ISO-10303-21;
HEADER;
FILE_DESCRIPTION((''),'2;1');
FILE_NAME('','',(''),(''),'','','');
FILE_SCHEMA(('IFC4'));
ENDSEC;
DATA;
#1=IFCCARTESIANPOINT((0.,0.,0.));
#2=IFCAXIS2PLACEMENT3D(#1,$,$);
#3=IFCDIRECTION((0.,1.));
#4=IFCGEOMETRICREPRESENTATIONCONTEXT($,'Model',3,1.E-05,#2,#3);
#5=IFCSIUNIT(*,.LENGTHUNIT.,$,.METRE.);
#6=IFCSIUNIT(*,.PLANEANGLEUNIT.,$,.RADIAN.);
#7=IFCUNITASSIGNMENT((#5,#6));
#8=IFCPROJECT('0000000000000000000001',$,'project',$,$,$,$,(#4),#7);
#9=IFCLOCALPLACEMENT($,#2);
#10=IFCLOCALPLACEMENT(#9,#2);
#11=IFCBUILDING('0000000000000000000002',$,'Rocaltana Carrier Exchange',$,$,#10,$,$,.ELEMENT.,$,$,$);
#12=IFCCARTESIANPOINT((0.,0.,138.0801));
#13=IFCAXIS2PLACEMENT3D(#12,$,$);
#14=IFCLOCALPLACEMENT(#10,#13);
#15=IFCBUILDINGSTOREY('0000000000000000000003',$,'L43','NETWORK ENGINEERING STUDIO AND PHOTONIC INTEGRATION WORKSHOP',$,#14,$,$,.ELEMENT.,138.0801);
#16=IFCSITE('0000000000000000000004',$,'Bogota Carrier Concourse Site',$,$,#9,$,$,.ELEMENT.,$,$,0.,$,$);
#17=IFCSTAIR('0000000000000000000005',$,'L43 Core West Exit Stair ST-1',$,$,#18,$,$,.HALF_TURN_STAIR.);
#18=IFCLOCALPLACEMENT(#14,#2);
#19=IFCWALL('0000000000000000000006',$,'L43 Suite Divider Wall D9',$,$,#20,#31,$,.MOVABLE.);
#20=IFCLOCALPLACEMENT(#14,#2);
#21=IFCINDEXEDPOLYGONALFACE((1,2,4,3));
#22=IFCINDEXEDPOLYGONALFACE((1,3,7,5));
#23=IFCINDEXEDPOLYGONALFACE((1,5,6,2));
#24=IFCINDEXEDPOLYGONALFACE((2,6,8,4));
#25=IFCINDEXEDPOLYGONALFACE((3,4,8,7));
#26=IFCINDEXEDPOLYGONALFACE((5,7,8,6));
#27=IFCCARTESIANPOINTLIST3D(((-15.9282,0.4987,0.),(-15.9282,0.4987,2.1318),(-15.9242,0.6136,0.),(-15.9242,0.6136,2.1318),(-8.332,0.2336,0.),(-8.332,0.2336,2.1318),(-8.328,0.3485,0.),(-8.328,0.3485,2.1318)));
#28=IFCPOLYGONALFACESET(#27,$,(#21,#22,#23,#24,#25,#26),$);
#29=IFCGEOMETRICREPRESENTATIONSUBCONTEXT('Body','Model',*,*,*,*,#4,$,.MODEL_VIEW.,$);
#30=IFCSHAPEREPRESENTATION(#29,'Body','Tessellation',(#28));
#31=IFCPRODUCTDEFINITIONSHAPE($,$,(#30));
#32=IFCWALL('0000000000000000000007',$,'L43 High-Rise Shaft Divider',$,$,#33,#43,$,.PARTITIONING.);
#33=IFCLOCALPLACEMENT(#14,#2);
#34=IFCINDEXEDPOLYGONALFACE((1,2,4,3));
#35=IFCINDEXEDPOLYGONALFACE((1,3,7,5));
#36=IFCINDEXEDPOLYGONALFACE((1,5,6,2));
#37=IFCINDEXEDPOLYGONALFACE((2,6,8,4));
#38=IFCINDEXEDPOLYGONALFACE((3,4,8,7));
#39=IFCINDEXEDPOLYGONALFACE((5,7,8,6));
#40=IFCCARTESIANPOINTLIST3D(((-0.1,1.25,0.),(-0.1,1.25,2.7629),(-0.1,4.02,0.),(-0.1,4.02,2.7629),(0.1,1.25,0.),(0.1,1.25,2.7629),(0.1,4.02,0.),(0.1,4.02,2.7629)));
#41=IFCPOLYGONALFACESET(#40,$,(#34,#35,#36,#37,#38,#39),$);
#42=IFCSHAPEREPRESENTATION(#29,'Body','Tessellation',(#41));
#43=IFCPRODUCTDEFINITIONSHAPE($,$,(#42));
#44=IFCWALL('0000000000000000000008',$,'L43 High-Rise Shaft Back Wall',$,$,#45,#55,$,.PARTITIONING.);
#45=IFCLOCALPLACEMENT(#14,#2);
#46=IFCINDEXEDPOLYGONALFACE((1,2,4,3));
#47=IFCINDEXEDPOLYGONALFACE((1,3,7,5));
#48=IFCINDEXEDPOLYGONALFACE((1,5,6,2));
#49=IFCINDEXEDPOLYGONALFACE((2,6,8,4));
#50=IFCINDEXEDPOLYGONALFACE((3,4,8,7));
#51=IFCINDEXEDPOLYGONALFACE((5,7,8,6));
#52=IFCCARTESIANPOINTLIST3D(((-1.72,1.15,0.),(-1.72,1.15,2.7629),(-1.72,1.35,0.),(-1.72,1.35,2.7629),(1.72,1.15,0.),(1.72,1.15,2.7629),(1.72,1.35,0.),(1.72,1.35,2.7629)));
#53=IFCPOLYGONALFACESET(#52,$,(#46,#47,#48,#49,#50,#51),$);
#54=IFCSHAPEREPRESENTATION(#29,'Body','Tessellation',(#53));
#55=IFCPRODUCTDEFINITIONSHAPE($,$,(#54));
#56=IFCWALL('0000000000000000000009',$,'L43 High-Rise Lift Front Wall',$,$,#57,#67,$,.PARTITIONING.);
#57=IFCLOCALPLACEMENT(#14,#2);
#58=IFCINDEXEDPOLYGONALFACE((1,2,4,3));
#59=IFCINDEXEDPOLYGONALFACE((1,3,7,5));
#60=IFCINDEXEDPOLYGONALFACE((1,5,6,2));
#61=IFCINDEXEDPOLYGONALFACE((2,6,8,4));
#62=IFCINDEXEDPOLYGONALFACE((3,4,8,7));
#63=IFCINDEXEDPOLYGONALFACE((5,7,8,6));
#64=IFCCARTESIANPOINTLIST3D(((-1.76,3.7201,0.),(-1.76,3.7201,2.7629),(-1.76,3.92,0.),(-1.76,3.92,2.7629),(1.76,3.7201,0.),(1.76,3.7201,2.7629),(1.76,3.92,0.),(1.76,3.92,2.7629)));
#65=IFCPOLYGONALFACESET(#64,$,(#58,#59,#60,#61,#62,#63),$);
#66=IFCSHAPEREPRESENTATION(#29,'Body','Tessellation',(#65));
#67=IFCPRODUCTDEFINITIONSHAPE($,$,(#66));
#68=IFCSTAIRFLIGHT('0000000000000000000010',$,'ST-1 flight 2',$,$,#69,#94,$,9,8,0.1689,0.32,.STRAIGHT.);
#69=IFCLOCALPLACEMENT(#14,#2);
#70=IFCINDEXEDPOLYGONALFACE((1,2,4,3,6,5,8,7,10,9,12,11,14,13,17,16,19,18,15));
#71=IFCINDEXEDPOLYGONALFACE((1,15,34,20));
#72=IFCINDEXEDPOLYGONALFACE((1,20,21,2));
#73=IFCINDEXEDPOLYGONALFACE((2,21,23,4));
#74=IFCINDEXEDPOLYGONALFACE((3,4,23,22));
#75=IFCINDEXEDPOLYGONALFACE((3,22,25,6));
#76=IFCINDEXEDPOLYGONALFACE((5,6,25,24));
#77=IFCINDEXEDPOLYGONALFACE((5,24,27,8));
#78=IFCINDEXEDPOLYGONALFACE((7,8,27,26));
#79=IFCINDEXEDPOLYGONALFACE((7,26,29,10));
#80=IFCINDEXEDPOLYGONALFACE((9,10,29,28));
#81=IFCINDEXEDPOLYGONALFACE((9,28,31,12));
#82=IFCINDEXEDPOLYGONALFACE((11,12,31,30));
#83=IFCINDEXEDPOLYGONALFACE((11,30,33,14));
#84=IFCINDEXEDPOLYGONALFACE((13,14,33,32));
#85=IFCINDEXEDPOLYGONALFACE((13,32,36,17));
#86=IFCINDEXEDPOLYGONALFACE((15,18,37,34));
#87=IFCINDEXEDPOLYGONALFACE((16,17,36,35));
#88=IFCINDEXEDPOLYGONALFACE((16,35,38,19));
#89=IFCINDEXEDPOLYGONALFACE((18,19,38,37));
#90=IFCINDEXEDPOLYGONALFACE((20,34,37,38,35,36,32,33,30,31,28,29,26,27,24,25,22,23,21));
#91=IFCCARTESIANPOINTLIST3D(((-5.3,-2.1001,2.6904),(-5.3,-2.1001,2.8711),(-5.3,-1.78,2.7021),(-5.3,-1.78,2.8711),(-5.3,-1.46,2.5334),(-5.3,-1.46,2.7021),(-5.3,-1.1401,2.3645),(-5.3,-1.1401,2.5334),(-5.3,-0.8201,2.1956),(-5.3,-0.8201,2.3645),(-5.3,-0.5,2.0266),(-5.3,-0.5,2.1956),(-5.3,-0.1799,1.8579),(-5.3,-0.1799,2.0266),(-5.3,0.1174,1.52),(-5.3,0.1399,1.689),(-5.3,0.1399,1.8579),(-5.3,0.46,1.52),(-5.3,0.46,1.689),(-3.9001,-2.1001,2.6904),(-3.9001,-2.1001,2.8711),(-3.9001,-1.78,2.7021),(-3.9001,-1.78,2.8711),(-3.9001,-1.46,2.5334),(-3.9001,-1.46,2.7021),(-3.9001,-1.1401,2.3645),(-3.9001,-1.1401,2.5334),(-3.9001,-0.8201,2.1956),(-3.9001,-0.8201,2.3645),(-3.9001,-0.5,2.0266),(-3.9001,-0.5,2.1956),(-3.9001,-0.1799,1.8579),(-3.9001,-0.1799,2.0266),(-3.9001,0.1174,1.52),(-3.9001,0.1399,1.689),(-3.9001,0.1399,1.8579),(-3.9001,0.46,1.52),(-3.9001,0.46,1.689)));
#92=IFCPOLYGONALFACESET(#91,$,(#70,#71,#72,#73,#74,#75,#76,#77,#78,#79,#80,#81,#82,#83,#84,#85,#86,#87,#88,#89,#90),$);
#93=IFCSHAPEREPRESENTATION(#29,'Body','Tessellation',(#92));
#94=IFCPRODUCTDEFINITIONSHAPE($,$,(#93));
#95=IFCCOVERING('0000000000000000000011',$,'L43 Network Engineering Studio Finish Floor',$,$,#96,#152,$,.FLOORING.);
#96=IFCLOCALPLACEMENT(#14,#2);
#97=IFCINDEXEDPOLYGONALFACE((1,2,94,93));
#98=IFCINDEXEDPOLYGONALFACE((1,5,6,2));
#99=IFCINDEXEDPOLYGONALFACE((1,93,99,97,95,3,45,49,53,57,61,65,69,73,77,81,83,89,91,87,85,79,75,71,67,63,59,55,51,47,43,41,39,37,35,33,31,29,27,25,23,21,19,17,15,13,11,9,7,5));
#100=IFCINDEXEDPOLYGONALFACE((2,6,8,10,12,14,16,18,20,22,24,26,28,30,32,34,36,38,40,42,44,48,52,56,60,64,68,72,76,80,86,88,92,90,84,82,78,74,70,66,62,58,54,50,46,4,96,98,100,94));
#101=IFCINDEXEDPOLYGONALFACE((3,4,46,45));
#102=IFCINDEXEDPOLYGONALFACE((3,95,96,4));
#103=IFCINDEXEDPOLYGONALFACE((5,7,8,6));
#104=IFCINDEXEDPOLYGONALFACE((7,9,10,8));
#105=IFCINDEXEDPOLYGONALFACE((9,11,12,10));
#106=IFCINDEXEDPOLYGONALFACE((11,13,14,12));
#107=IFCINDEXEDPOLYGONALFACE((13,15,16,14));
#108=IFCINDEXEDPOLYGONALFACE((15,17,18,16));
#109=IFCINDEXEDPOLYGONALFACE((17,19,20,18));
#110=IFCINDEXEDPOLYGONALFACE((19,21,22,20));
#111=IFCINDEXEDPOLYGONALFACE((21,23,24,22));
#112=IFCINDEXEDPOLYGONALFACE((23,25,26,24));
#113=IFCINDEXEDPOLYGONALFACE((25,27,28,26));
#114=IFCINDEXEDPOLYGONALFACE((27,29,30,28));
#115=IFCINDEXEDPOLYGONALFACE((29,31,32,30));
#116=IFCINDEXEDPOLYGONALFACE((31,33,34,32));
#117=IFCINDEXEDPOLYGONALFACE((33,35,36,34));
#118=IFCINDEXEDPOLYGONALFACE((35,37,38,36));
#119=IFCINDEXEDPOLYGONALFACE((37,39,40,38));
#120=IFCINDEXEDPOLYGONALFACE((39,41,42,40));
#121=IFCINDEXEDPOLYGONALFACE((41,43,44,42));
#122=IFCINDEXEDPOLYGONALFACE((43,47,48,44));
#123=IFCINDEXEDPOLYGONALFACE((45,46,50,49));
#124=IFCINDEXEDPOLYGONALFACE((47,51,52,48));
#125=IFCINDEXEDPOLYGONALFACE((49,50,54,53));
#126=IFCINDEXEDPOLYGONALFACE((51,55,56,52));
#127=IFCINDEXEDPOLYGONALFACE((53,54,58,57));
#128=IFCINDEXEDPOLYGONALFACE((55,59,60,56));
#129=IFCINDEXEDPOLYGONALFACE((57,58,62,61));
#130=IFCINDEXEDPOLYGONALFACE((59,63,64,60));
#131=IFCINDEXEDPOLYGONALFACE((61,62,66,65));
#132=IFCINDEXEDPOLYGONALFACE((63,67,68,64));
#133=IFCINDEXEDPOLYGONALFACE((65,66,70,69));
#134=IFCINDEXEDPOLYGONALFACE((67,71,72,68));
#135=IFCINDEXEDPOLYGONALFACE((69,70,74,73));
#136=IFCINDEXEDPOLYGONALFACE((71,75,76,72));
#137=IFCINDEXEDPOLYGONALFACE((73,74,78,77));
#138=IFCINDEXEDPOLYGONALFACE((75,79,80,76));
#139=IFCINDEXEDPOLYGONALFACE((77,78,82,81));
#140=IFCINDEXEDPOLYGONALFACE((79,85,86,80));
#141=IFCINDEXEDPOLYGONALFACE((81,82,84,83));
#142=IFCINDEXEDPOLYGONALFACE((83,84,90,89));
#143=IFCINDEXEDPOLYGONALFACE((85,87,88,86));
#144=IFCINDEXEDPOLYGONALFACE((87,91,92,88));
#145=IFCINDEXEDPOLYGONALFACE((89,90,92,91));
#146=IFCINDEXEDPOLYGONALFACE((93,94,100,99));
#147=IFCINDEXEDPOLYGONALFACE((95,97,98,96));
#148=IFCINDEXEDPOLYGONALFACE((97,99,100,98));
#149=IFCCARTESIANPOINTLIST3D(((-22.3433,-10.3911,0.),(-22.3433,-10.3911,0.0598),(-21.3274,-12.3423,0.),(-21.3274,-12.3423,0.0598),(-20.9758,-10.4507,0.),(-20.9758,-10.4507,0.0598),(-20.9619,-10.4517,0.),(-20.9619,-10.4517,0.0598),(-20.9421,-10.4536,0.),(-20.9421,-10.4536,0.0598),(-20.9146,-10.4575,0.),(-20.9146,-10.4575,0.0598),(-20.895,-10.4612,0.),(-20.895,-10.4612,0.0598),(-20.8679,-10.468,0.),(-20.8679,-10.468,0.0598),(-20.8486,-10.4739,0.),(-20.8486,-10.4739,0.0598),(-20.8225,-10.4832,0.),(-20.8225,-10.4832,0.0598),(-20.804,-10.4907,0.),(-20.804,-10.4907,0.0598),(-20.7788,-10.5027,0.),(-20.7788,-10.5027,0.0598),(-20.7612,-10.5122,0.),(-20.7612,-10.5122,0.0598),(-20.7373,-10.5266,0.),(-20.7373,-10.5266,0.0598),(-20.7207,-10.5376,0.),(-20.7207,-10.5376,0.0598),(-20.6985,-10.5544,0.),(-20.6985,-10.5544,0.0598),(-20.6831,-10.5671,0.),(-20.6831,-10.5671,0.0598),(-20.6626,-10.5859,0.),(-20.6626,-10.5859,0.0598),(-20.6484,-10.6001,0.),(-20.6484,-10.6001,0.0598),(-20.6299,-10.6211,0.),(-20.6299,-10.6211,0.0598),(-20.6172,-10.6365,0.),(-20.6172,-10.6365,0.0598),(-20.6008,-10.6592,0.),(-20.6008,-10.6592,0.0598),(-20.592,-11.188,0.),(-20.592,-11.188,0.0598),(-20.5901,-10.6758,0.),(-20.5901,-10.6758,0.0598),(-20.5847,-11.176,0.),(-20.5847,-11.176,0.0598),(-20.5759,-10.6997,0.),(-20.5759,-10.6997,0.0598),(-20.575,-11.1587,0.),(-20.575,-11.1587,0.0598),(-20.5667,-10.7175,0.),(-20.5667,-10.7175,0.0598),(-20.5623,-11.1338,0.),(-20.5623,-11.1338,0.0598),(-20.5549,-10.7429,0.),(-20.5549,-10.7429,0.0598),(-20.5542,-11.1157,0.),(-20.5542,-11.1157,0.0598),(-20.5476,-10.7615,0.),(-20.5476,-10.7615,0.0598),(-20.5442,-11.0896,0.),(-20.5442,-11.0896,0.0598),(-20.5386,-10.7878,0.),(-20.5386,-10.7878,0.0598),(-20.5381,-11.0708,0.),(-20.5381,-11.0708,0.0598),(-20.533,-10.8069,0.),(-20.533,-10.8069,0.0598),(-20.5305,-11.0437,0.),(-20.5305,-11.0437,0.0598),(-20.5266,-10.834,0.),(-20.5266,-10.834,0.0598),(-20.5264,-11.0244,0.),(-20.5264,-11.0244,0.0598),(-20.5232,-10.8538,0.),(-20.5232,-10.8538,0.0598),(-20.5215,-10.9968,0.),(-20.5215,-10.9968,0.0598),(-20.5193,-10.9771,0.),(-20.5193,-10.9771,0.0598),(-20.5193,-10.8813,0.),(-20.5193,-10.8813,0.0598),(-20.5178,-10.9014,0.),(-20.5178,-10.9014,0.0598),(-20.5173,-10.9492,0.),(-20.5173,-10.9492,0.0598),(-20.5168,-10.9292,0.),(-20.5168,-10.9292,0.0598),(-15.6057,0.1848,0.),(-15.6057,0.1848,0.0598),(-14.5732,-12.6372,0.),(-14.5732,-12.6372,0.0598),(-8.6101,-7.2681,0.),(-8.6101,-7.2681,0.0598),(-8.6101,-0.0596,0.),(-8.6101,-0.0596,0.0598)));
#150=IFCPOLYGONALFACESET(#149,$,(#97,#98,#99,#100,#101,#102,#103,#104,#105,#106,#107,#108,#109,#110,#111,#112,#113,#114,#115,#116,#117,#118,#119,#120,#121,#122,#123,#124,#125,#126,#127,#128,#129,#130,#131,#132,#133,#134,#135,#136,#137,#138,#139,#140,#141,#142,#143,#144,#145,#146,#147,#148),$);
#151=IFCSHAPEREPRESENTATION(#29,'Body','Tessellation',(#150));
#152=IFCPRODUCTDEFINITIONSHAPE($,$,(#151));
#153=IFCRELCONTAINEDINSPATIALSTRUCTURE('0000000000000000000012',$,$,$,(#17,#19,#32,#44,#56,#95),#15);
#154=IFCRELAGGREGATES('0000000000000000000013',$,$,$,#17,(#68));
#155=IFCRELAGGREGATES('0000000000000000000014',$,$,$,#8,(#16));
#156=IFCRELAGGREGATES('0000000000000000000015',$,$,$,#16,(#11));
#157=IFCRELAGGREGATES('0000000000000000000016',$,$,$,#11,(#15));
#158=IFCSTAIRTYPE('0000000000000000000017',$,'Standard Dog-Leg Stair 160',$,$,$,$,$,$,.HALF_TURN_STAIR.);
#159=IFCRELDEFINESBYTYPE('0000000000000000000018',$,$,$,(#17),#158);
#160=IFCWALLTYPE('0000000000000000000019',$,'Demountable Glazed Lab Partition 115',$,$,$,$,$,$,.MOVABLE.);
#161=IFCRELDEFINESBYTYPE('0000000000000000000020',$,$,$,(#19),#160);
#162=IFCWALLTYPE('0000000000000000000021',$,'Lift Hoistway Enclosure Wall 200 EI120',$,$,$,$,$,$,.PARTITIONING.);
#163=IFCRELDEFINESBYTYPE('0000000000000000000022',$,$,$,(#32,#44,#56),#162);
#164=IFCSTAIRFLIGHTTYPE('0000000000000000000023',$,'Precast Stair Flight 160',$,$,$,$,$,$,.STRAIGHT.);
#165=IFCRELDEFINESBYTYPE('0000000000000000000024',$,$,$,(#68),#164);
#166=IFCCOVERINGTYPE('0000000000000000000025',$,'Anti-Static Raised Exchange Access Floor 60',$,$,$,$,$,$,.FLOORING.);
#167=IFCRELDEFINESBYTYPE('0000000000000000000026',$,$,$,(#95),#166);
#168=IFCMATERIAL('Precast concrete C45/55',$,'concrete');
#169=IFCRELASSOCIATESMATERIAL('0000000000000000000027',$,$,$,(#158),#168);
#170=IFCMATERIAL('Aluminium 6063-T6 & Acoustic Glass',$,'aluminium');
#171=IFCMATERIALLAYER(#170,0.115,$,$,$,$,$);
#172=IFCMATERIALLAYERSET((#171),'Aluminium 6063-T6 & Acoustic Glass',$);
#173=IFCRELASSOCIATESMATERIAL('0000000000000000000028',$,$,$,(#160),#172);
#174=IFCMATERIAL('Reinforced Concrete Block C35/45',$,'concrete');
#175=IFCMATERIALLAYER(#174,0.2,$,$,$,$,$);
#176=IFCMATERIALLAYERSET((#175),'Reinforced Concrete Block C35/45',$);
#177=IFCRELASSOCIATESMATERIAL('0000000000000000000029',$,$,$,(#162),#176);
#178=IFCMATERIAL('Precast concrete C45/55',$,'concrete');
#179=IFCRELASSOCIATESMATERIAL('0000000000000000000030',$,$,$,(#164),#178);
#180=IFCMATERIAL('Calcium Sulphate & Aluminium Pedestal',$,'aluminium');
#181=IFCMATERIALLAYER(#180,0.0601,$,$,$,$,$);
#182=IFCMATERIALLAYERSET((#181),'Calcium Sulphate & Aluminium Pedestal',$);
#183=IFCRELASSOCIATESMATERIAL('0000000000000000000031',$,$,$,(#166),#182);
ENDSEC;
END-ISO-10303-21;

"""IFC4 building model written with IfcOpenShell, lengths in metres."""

from ifc_helpers import new_model, si_unit, direction, frame, frame_2d, origin, place, context, subcontext, project, spatial, polyline, rectangle, outline, extrude, material, layer, layer_set, type_object, element, aggregate, save


model = new_model("IFC4")

# Units and contexts
model_context = context("Model", 3, precision=1e-05, world=origin(), true_north=direction((0.0, 1.0)))
body_context = subcontext(model_context, "Body", "Model", "MODEL_VIEW")
ifc_project = project(units=[si_unit("LENGTHUNIT", "METRE"), si_unit("PLANEANGLEUNIT", "RADIAN")], contexts=[model_context])

# Site, building, storey
site_placement = place(None, origin())
site = spatial("IfcSite", under=ifc_project, at=site_placement, Name="Bogota Carrier Concourse Site", CompositionType="ELEMENT", RefElevation=0.0)
building_placement = place(site_placement, origin())
building = spatial("IfcBuilding", under=site, at=building_placement, Name="Rocaltana Carrier Exchange", CompositionType="ELEMENT")
storey_placement = place(building_placement, frame((0.0, 0.0, 138.0801)))
storey = spatial("IfcBuildingStorey", under=building, at=storey_placement, Name="L43", Description="NETWORK ENGINEERING STUDIO AND PHOTONIC INTEGRATION WORKSHOP", CompositionType="ELEMENT", Elevation=138.0801)

# Stair
ifc_material_1 = material(Name="Precast concrete C45/55", Category="concrete")
stair_type = type_object("IfcStairType", Name="Standard Dog-Leg Stair 160", PredefinedType="HALF_TURN_STAIR", material=ifc_material_1)
stair_1_placement = place(storey_placement, origin())
stair_1 = element("IfcStair", 1, at=stair_1_placement, inside=storey, type_object=stair_type, Name="L43 Core West Exit Stair ST-1", PredefinedType="HALF_TURN_STAIR")

# Walls
ifc_material_2 = material(Name="Aluminium 6063-T6 & Acoustic Glass", Category="aluminium")
ifc_layer_1 = layer(ifc_material_2, 0.115)
ifc_layer_set_1 = layer_set([ifc_layer_1], Name="Aluminium 6063-T6 & Acoustic Glass")
wall_type_1 = type_object("IfcWallType", Name="Demountable Glazed Lab Partition 115", PredefinedType="MOVABLE", material=ifc_layer_set_1)
wall_1_placement = place(storey_placement, frame((-8.3301, 0.291, 0.0), z_axis=(0.0, 0.0, 1.0), x_axis=(-0.999391, 0.034883, 0.0)))
element("IfcWall", 2, at=wall_1_placement, inside=storey, type_object=wall_type_1, Name="L43 Suite Divider Wall D9", PredefinedType="MOVABLE", context=body_context, shape_type="SweptSolid", body=[
    extrude(rectangle(XDim=7.6008, YDim=0.115, at=frame_2d((3.8003, 0.0))), origin(), (0.0, 0.0, 1.0), 2.1318),
])
ifc_material_3 = material(Name="Reinforced Concrete Block C35/45", Category="concrete")
ifc_layer_2 = layer(ifc_material_3, 0.2)
ifc_layer_set_2 = layer_set([ifc_layer_2], Name="Reinforced Concrete Block C35/45")
wall_type_2 = type_object("IfcWallType", Name="Lift Hoistway Enclosure Wall 200 EI120", PredefinedType="PARTITIONING", material=ifc_layer_set_2)
wall_2_placement = place(storey_placement, frame((0.0, 1.25, 0.0), z_axis=(0.0, 0.0, 1.0), x_axis=(0.0, 1.0, 0.0)))
element("IfcWall", 3, at=wall_2_placement, inside=storey, type_object=wall_type_2, Name="L43 High-Rise Shaft Divider", PredefinedType="PARTITIONING", context=body_context, shape_type="SweptSolid", body=[
    extrude(rectangle(XDim=2.77, YDim=0.2, at=frame_2d((1.385, 0.0))), origin(), (0.0, 0.0, 1.0), 2.7629),
])
wall_3_placement = place(storey_placement, frame((-1.72, 1.25, 0.0), z_axis=(0.0, 0.0, 1.0), x_axis=(1.0, 0.0, 0.0)))
element("IfcWall", 4, at=wall_3_placement, inside=storey, type_object=wall_type_2, Name="L43 High-Rise Shaft Back Wall", PredefinedType="PARTITIONING", context=body_context, shape_type="SweptSolid", body=[
    extrude(rectangle(XDim=3.4399, YDim=0.2, at=frame_2d((1.72, 0.0))), origin(), (0.0, 0.0, 1.0), 2.7629),
])
wall_4_placement = place(storey_placement, frame((-1.76, 3.8201, 0.0), z_axis=(0.0, 0.0, 1.0), x_axis=(1.0, 0.0, 0.0)))
element("IfcWall", 5, at=wall_4_placement, inside=storey, type_object=wall_type_2, Name="L43 High-Rise Lift Front Wall", PredefinedType="PARTITIONING", context=body_context, shape_type="SweptSolid", body=[
    extrude(rectangle(XDim=3.52, YDim=0.2, at=frame_2d((1.76, 0.0))), origin(), (0.0, 0.0, 1.0), 2.7629),
])

# Stair flight
ifc_material_4 = material(Name="Precast concrete C45/55", Category="concrete")
stair_flight_type = type_object("IfcStairFlightType", Name="Precast Stair Flight 160", PredefinedType="STRAIGHT", material=ifc_material_4)
stair_flight_placement = place(storey_placement, frame((-4.6001, 0.46, 1.52), z_axis=(0.0, 0.0, 1.0), x_axis=(0.0, -1.0, 0.0)))
stair_flight = element("IfcStairFlight", 6, at=stair_flight_placement, type_object=stair_flight_type, Name="ST-1 flight 2", NumberOfRisers=9, NumberOfTreads=8, PredefinedType="STRAIGHT", RiserHeight=0.1689, TreadLength=0.32, context=body_context, shape_type="SweptSolid", body=[
    extrude(outline(polyline([(0.0, 0.0), (0.0, 0.1689), (0.3201, 0.1689), (0.3201, 0.3379), (0.6399, 0.3379), (0.6399, 0.5066), (0.96, 0.5066), (0.96, 0.6755), (1.28, 0.6755), (1.28, 0.8445), (1.6001, 0.8445), (1.6001, 1.0134), (1.9199, 1.0134), (1.9199, 1.1821), (2.24, 1.1821), (2.24, 1.3511), (2.5601, 1.3511), (2.5601, 1.52), (2.5601, 1.1704), (0.3425, 0.0), (0.0, 0.0)])), frame((0.0, 0.7, 0.0), z_axis=(0.0, -1.0, 0.0), x_axis=(1.0, 0.0, 0.0)), (0.0, 0.0, 1.0), 1.3999),
])
aggregate(stair_1, [stair_flight])

# Covering
ifc_material_5 = material(Name="Calcium Sulphate & Aluminium Pedestal", Category="aluminium")
ifc_layer_3 = layer(ifc_material_5, 0.0601)
ifc_layer_set_3 = layer_set([ifc_layer_3], Name="Calcium Sulphate & Aluminium Pedestal")
covering_type_1 = type_object("IfcCoveringType", Name="Anti-Static Raised Exchange Access Floor 60", PredefinedType="FLOORING", material=ifc_layer_set_3)
covering_1_placement = place(storey_placement, origin())
element("IfcCovering", 7, at=covering_1_placement, inside=storey, type_object=covering_type_1, Name="L43 Network Engineering Studio Finish Floor", PredefinedType="FLOORING", context=body_context, shape_type="SweptSolid", body=[
    extrude(outline(polyline([(-20.592, -11.188), (-20.5847, -11.176), (-20.575, -11.1587), (-20.5623, -11.1338), (-20.5542, -11.1157), (-20.5442, -11.0896), (-20.5381, -11.0708), (-20.5305, -11.0437), (-20.5264, -11.0244), (-20.5215, -10.9968), (-20.5193, -10.9771), (-20.5173, -10.9492), (-20.5168, -10.9292), (-20.5178, -10.9014), (-20.5193, -10.8813), (-20.5232, -10.8538), (-20.5266, -10.834), (-20.533, -10.8069), (-20.5386, -10.7878), (-20.5476, -10.7615), (-20.5549, -10.7429), (-20.5667, -10.7175), (-20.5759, -10.6997), (-20.5901, -10.6758), (-20.6008, -10.6592), (-20.6172, -10.6365), (-20.6299, -10.6211), (-20.6484, -10.6001), (-20.6626, -10.5859), (-20.6831, -10.5671), (-20.6985, -10.5544), (-20.7207, -10.5376), (-20.7373, -10.5266), (-20.7612, -10.5122), (-20.7788, -10.5027), (-20.804, -10.4907), (-20.8225, -10.4832), (-20.8486, -10.4739), (-20.8679, -10.468), (-20.895, -10.4612), (-20.9146, -10.4575), (-20.9421, -10.4536), (-20.9619, -10.4517), (-20.9758, -10.4507), (-22.3433, -10.3911), (-15.6057, 0.1848), (-8.6101, -0.0596), (-8.6101, -7.2681), (-14.5732, -12.6372), (-21.3274, -12.3423), (-20.592, -11.188)])), origin(), (0.0, 0.0, 1.0), 0.0598),
])

save(model, "model.ifc")
